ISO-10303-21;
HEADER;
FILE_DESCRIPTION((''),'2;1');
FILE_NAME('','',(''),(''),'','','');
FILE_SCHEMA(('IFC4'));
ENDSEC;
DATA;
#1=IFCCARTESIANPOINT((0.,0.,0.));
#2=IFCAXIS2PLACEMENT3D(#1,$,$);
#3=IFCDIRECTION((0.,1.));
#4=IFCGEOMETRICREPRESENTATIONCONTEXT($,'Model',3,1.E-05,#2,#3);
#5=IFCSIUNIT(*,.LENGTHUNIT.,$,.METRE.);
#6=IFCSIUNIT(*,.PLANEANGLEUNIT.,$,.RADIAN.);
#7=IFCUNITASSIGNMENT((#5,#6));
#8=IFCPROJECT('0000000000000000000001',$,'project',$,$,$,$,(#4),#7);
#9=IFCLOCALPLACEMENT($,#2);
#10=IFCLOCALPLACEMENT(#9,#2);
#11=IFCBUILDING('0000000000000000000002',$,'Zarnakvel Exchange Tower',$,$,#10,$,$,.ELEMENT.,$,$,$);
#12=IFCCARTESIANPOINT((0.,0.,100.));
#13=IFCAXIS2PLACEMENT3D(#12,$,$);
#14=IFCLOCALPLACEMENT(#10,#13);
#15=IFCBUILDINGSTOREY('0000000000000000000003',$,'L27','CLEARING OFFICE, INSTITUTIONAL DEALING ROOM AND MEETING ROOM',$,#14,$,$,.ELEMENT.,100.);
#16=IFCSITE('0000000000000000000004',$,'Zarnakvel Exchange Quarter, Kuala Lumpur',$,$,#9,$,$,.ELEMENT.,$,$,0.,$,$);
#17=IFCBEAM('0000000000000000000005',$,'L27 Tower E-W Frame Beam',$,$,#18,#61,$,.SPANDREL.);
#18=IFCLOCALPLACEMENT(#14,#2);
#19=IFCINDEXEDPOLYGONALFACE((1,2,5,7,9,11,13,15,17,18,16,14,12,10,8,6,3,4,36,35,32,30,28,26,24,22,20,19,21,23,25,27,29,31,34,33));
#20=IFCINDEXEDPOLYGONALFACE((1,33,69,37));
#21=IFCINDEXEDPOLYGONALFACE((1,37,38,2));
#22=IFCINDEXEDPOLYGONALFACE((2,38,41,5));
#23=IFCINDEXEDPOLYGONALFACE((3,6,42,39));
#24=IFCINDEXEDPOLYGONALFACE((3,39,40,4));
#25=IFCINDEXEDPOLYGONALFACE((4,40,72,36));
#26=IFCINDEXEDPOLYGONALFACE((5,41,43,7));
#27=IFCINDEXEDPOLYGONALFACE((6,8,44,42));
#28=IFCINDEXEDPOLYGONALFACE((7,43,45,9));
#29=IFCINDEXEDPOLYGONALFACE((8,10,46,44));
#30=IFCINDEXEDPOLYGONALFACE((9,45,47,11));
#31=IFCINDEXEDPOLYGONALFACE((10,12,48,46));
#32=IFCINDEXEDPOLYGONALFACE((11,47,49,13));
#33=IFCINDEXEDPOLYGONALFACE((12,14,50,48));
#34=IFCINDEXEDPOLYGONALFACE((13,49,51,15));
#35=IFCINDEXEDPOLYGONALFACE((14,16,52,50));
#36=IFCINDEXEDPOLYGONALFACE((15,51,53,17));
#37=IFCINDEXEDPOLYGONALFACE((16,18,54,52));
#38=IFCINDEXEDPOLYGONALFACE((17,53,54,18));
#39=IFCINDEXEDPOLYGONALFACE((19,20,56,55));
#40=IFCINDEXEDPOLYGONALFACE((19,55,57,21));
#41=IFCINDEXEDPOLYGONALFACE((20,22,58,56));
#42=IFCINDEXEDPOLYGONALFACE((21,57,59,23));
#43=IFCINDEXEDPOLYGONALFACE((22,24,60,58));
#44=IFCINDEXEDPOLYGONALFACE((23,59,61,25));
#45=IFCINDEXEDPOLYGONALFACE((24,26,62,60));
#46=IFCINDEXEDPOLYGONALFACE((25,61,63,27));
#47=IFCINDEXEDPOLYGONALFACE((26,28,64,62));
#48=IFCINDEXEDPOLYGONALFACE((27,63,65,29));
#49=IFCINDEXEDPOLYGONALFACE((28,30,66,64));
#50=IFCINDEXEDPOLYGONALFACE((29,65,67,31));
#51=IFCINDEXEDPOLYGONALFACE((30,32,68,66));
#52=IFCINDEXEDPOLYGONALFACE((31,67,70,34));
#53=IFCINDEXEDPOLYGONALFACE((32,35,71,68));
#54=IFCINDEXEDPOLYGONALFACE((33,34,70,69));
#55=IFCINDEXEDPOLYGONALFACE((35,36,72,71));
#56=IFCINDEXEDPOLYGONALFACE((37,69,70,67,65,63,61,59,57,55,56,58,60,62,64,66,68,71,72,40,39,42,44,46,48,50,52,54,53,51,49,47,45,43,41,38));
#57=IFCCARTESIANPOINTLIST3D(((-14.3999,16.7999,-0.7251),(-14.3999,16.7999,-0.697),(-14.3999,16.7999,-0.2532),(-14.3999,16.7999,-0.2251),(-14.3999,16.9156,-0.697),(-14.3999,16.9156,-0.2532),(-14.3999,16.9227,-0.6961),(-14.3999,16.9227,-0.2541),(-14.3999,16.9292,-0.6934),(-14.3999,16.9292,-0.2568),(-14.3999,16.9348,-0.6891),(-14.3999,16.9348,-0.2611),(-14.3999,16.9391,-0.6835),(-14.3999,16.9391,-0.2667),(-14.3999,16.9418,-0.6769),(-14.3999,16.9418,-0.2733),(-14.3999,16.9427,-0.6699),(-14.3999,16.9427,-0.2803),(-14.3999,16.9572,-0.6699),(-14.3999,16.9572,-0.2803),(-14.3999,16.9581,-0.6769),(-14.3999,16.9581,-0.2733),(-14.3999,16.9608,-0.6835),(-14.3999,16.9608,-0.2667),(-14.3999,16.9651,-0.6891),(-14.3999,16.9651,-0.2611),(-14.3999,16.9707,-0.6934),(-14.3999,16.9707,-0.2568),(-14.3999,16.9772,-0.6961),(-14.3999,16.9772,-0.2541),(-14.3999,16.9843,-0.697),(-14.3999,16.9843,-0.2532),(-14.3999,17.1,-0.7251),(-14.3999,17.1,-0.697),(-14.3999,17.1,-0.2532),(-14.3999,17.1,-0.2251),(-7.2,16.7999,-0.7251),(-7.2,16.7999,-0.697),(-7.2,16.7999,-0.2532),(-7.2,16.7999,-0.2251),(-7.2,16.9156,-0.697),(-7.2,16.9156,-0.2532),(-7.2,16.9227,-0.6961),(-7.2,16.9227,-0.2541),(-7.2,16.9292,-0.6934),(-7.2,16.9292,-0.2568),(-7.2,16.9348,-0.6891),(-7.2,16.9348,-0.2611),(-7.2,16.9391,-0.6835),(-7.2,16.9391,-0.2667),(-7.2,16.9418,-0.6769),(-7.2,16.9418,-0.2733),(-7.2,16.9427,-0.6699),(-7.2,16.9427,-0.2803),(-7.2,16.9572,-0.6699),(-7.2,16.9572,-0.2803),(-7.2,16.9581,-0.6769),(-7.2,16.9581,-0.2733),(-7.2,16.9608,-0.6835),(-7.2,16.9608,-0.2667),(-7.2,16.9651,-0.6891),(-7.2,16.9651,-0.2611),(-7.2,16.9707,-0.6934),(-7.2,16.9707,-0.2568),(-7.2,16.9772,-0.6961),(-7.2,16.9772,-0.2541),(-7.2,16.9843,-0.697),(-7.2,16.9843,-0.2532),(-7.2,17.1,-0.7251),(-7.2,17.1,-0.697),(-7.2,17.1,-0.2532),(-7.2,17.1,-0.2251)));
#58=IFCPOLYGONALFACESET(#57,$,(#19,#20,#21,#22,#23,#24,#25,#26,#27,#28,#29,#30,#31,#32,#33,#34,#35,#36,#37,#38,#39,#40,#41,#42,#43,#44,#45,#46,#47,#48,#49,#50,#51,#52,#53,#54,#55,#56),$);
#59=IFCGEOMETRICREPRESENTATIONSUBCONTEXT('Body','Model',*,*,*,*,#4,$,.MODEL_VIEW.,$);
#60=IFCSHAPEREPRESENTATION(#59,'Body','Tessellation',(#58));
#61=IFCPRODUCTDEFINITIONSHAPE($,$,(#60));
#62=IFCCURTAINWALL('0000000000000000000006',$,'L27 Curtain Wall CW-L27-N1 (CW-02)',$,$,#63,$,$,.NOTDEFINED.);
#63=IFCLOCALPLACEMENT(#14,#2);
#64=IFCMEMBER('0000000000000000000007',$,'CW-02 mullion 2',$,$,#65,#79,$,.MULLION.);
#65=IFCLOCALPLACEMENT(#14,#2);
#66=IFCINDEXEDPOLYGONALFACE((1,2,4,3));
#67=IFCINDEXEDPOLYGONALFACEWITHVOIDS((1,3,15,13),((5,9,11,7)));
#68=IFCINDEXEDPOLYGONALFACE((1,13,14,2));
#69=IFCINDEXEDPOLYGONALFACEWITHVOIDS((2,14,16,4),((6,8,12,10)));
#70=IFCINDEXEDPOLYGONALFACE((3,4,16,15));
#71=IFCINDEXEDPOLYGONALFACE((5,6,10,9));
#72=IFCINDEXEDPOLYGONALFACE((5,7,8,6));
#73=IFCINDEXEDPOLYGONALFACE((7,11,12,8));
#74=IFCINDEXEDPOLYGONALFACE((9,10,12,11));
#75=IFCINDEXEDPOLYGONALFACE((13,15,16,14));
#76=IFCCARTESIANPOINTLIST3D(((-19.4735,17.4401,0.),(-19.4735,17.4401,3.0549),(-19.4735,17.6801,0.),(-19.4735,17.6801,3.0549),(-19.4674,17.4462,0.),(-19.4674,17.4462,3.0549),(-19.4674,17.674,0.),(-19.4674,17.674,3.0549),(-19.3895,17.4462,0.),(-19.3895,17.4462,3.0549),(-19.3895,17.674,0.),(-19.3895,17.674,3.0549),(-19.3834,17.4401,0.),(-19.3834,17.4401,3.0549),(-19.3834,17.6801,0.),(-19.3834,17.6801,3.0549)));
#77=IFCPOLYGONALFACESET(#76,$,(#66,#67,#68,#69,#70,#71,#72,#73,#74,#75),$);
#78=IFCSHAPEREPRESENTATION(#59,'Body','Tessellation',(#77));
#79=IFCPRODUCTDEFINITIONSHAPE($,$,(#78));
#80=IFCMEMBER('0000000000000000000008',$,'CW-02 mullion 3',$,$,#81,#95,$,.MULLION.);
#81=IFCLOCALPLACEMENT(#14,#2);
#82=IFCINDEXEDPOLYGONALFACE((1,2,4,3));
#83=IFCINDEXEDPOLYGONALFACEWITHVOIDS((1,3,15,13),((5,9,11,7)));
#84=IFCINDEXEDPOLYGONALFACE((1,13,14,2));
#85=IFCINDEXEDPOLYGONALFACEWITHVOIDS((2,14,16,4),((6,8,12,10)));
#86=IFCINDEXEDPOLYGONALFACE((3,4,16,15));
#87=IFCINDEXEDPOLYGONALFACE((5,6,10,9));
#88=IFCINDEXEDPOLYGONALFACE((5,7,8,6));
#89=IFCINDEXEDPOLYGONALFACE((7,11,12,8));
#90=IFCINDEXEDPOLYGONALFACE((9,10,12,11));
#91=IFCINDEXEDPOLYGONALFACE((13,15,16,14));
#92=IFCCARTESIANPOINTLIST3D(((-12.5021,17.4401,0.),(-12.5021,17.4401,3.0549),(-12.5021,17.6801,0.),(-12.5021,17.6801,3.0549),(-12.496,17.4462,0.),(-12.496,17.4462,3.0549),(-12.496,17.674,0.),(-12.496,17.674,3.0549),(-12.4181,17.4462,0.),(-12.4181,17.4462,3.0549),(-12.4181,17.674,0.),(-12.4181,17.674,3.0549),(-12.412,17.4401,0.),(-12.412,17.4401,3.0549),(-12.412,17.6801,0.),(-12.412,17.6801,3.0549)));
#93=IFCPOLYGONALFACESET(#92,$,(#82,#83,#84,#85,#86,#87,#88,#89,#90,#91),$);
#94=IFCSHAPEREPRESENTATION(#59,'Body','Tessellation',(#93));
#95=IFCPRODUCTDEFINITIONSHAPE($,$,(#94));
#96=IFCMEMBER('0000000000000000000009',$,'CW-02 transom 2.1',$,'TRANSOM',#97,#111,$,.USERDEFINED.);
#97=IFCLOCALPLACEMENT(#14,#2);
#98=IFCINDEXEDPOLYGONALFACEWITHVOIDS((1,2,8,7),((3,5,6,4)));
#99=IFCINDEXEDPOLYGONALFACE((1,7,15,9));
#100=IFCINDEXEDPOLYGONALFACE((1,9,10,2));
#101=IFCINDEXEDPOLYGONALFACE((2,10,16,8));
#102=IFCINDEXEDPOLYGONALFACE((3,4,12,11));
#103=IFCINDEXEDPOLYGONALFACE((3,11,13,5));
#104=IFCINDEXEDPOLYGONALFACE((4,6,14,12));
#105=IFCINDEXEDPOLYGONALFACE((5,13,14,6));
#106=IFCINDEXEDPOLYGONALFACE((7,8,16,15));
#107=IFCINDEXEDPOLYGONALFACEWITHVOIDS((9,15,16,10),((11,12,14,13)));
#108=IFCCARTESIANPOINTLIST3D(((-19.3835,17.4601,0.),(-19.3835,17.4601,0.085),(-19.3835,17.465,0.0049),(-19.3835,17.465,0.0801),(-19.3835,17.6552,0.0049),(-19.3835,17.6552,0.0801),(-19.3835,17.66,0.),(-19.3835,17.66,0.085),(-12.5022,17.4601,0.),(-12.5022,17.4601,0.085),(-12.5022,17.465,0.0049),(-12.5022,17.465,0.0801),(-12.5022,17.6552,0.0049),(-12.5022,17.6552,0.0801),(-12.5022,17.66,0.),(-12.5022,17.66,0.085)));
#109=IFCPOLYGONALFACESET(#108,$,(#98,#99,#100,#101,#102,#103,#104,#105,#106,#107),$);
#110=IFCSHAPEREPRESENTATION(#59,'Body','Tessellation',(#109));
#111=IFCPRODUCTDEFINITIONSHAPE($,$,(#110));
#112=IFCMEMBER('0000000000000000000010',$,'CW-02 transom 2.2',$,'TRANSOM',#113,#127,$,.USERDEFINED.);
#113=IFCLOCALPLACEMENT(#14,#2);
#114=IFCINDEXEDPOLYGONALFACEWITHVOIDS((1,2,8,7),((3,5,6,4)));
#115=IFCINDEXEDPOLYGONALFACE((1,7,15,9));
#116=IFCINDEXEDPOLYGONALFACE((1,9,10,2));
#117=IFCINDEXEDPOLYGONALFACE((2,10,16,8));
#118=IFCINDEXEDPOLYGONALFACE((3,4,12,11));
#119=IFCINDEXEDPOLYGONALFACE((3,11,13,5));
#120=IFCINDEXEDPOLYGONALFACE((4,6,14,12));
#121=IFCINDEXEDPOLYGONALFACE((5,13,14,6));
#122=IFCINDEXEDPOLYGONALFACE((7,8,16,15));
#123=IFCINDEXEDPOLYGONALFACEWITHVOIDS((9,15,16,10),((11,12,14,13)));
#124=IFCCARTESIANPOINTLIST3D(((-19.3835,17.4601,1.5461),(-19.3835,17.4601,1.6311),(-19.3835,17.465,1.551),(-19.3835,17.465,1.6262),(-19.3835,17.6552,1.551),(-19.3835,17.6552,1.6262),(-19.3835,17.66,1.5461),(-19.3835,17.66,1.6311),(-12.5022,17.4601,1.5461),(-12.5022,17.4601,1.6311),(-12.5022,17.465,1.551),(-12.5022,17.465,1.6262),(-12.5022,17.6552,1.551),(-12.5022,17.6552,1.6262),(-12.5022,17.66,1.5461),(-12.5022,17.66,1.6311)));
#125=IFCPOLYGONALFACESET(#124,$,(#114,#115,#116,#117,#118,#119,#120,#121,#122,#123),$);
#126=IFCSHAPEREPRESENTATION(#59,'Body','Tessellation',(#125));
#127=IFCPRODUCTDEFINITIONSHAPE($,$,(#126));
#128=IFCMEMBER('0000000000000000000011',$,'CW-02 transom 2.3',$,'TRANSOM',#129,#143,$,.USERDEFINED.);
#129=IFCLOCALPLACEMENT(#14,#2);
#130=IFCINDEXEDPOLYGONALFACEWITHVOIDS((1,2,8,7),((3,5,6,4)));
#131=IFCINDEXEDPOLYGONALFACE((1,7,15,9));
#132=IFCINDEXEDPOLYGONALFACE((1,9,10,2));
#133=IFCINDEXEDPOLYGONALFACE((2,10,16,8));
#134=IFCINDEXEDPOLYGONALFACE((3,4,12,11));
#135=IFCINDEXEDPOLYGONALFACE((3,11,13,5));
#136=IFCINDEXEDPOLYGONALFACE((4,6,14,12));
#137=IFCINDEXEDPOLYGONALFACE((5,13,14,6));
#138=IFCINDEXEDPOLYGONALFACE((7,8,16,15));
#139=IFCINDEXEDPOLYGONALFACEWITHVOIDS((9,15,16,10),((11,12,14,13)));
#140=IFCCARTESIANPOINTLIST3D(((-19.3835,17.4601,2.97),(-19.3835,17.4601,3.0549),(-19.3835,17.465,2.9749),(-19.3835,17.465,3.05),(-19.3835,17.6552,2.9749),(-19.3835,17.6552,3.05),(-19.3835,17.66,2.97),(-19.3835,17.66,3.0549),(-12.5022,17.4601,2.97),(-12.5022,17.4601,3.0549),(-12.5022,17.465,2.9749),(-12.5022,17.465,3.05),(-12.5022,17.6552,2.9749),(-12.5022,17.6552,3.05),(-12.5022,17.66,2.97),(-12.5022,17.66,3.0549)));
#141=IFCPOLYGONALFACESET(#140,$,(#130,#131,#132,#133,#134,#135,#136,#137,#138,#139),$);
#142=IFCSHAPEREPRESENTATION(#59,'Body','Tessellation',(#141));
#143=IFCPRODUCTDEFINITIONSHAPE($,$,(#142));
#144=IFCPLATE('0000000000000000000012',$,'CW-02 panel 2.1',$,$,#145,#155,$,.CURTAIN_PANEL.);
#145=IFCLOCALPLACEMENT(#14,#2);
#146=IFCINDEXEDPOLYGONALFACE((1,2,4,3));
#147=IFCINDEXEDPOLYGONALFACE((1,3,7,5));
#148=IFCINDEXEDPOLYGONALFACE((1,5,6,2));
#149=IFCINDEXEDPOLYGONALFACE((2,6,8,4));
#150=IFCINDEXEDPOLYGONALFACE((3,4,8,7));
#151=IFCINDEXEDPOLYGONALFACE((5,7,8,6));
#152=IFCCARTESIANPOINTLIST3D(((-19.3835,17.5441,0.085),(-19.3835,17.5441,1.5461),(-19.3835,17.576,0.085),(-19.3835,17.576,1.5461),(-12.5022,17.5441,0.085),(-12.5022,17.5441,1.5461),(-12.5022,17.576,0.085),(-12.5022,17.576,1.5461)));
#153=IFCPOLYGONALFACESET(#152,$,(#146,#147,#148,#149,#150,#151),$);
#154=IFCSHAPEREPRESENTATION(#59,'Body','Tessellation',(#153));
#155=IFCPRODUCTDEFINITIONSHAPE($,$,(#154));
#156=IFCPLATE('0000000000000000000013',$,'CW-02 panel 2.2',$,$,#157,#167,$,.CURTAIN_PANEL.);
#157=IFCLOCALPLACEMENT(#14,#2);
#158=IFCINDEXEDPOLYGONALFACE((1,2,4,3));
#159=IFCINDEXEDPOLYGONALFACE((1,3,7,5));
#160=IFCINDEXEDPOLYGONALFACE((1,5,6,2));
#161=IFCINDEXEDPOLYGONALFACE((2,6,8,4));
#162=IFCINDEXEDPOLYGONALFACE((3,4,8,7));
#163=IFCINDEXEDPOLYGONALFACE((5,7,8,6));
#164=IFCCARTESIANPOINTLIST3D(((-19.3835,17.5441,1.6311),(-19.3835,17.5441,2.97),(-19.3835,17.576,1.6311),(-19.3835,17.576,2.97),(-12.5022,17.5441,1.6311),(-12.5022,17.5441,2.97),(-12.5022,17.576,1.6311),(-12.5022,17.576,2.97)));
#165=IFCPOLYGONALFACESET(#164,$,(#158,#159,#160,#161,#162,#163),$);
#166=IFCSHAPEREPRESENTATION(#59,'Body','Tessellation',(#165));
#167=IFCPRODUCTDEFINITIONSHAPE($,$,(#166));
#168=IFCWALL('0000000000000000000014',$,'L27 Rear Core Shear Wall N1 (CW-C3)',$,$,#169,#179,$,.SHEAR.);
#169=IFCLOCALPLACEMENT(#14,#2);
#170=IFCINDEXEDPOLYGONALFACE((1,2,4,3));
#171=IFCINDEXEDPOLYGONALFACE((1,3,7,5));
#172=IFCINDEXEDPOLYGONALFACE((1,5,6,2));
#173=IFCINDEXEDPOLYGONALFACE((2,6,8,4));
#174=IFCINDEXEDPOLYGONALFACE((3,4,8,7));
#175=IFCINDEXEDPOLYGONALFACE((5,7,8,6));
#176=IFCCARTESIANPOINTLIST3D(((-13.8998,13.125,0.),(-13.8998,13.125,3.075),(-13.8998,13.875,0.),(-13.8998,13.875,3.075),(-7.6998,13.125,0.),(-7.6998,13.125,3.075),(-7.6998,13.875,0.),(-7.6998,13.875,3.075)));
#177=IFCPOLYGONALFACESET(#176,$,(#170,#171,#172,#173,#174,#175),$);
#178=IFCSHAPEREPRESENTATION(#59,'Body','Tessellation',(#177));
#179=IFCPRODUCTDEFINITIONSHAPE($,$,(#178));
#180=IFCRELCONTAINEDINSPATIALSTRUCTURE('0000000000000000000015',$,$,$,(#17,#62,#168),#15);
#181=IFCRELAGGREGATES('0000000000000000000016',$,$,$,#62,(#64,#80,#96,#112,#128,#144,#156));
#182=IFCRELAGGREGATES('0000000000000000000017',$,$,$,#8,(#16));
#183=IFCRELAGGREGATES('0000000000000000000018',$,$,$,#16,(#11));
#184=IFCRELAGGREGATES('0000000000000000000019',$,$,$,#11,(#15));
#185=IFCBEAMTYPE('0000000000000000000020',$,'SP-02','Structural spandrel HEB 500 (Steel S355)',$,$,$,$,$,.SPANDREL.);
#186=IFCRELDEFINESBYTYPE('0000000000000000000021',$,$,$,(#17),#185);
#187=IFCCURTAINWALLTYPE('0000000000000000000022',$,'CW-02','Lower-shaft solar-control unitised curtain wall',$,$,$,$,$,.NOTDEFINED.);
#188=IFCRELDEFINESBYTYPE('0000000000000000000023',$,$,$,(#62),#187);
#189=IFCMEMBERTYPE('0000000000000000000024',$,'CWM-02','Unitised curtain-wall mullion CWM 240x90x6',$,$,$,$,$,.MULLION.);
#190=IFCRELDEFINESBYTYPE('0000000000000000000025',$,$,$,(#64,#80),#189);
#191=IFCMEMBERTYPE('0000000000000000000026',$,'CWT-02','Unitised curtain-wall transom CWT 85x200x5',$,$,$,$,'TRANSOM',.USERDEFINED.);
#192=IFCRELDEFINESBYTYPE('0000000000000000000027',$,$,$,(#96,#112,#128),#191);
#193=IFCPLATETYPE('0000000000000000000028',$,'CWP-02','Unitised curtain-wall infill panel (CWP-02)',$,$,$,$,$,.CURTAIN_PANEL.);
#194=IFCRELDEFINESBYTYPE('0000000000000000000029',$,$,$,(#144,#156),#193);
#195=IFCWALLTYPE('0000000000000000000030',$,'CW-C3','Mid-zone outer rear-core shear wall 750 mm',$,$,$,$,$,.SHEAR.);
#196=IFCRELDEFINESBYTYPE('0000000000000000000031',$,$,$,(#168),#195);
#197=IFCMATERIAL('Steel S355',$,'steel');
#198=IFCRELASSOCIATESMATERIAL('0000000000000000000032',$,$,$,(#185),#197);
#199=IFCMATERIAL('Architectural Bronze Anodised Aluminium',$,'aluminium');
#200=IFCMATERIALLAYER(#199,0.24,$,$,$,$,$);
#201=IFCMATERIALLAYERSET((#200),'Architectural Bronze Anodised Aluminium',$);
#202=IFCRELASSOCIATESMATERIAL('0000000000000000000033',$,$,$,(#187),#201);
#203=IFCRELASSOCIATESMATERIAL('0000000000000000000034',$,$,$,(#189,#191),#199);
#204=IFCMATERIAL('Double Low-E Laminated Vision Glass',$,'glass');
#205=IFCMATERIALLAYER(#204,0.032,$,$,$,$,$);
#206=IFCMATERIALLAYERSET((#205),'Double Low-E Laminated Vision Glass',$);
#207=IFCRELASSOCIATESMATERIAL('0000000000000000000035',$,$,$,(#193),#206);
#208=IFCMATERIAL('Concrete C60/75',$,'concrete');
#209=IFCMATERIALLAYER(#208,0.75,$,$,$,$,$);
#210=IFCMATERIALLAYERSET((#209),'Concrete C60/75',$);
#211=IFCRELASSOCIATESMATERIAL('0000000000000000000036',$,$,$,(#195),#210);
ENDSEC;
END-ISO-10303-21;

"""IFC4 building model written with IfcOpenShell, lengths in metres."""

from ifc_helpers import new_model, si_unit, direction, frame, frame_2d, origin, origin_2d, place, context, subcontext, project, spatial, rectangle, hollow_rectangle, i_section, extrude, source, transform, mapped, material, layer, layer_set, material_profile, profile_set, type_object, element, aggregate, save


model = new_model("IFC4")

# Units and contexts
model_context = context("Model", 3, precision=1e-05, world=origin(), true_north=direction((0.0, 1.0)))
body_context = subcontext(model_context, "Body", "Model", "MODEL_VIEW")
ifc_project = project(units=[si_unit("LENGTHUNIT", "METRE"), si_unit("PLANEANGLEUNIT", "RADIAN")], contexts=[model_context])

# Site, building, storey
site_placement = place(None, origin())
site = spatial("IfcSite", under=ifc_project, at=site_placement, Name="Zarnakvel Exchange Quarter, Kuala Lumpur", CompositionType="ELEMENT", RefElevation=0.0)
building_placement = place(site_placement, origin())
building = spatial("IfcBuilding", under=site, at=building_placement, Name="Zarnakvel Exchange Tower", CompositionType="ELEMENT")
storey_placement = place(building_placement, frame((0.0, 0.0, 100.0)))
storey = spatial("IfcBuildingStorey", under=building, at=storey_placement, Name="L27", Description="CLEARING OFFICE, INSTITUTIONAL DEALING ROOM AND MEETING ROOM", CompositionType="ELEMENT", Elevation=100.0)

# Shared definitions
ifc_material_1 = material(Name="Concrete C60/75", Category="concrete")

# Beam
ifc_material_2 = material(Name="Steel S355", Category="steel")
ifc_material_profile_1 = material_profile(ifc_material_2, i_section(OverallWidth=0.3, OverallDepth=0.5, WebThickness=0.0144, FlangeThickness=0.0281, FilletRadius=0.0271, at=origin_2d()))
ifc_profile_set_1 = profile_set([ifc_material_profile_1], Name="Steel S355")
beam_type_1 = type_object("IfcBeamType", Name="SP-02", Description="Structural spandrel HEB 500 (Steel S355)", PredefinedType="SPANDREL", material=ifc_profile_set_1)
beam_1_placement = place(storey_placement, frame((-14.3999, 16.95, -0.4751), z_axis=(1.0, 0.0, 0.0), x_axis=(0.0, 1.0, 0.0)))
element("IfcBeam", 1, at=beam_1_placement, inside=storey, type_object=beam_type_1, Name="L27 Tower E-W Frame Beam", PredefinedType="SPANDREL", context=body_context, shape_type="SweptSolid", body=[
    extrude(i_section(OverallWidth=0.3, OverallDepth=0.5, WebThickness=0.0144, FlangeThickness=0.0281, FilletRadius=0.0271, at=origin_2d()), origin(), (0.0, 0.0, 1.0), 7.2),
])

# Curtain wall, members, plates
ifc_material_3 = material(Name="Architectural Bronze Anodised Aluminium", Category="aluminium")
ifc_layer_1 = layer(ifc_material_3, 0.24)
ifc_layer_set_1 = layer_set([ifc_layer_1], Name="Architectural Bronze Anodised Aluminium")
curtain_wall_type = type_object("IfcCurtainWallType", Name="CW-02", Description="Lower-shaft solar-control unitised curtain wall", PredefinedType="NOTDEFINED", material=ifc_layer_set_1)
curtain_wall_placement = place(storey_placement, origin())
curtain_wall = element("IfcCurtainWall", 2, at=curtain_wall_placement, inside=storey, type_object=curtain_wall_type, Name="L27 Curtain Wall CW-L27-N1 (CW-02)", PredefinedType="NOTDEFINED")
ifc_material_profile_2 = material_profile(ifc_material_3, hollow_rectangle(XDim=0.24, YDim=0.0901, WallThickness=0.0061, at=origin_2d()))
ifc_profile_set_2 = profile_set([ifc_material_profile_2], Name="Architectural Bronze Anodised Aluminium")
member_type_1 = type_object("IfcMemberType", Name="CWM-02", Description="Unitised curtain-wall mullion CWM 240x90x6", PredefinedType="MULLION", material=ifc_profile_set_2)
shared_shape_1 = source(origin(), body_context, "Body", "SweptSolid", [
    extrude(hollow_rectangle(XDim=0.24, YDim=0.0901, WallThickness=0.0061, at=origin_2d()), origin(), (0.0, 0.0, 1.0), 3.0549),
])
member_1_placement = place(storey_placement, frame((-19.4285, 17.5601, 0.0), z_axis=(0.0, 0.0, 1.0), x_axis=(0.0, 1.0, 0.0)))
member_1 = element("IfcMember", 3, at=member_1_placement, type_object=member_type_1, Name="CW-02 mullion 2", PredefinedType="MULLION", context=body_context, shape_type="MappedRepresentation", body=[
    mapped(shared_shape_1, transform((0.0, 0.0, 0.0), x_axis=(1.0, 0.0, 0.0), y_axis=(0.0, 1.0, 0.0), z_axis=(0.0, 0.0, 1.0), scale=1.0)),
])
member_2_placement = place(storey_placement, frame((-12.457, 17.5601, 0.0), z_axis=(0.0, 0.0, 1.0), x_axis=(0.0, 1.0, 0.0)))
member_2 = element("IfcMember", 4, at=member_2_placement, type_object=member_type_1, Name="CW-02 mullion 3", PredefinedType="MULLION", context=body_context, shape_type="MappedRepresentation", body=[
    mapped(shared_shape_1, transform((0.0, 0.0, 0.0), x_axis=(1.0, 0.0, 0.0), y_axis=(0.0, 1.0, 0.0), z_axis=(0.0, 0.0, 1.0), scale=1.0)),
])
ifc_material_profile_3 = material_profile(ifc_material_3, hollow_rectangle(XDim=0.2, YDim=0.085, WallThickness=0.0049, at=origin_2d()))
ifc_profile_set_3 = profile_set([ifc_material_profile_3], Name="Architectural Bronze Anodised Aluminium")
member_type_2 = type_object("IfcMemberType", Name="CWT-02", Description="Unitised curtain-wall transom CWT 85x200x5", ElementType="TRANSOM", PredefinedType="USERDEFINED", material=ifc_profile_set_3)
shared_shape_2 = source(origin(), body_context, "Body", "SweptSolid", [
    extrude(hollow_rectangle(XDim=0.2, YDim=0.085, WallThickness=0.0049, at=origin_2d()), origin(), (0.0, 0.0, 1.0), 6.8813),
])
member_3_placement = place(storey_placement, frame((-19.3835, 17.5601, 0.0425), z_axis=(1.0, 0.0, 0.0), x_axis=(0.0, 1.0, 0.0)))
member_3 = element("IfcMember", 5, at=member_3_placement, type_object=member_type_2, Name="CW-02 transom 2.1", ObjectType="TRANSOM", PredefinedType="USERDEFINED", context=body_context, shape_type="MappedRepresentation", body=[
    mapped(shared_shape_2, transform((0.0, 0.0, 0.0), x_axis=(1.0, 0.0, 0.0), y_axis=(0.0, 1.0, 0.0), z_axis=(0.0, 0.0, 1.0), scale=1.0)),
])
member_4_placement = place(storey_placement, frame((-19.3835, 17.5601, 1.5886), z_axis=(1.0, 0.0, 0.0), x_axis=(0.0, 1.0, 0.0)))
member_4 = element("IfcMember", 6, at=member_4_placement, type_object=member_type_2, Name="CW-02 transom 2.2", ObjectType="TRANSOM", PredefinedType="USERDEFINED", context=body_context, shape_type="MappedRepresentation", body=[
    mapped(shared_shape_2, transform((0.0, 0.0, 0.0), x_axis=(1.0, 0.0, 0.0), y_axis=(0.0, 1.0, 0.0), z_axis=(0.0, 0.0, 1.0), scale=1.0)),
])
member_5_placement = place(storey_placement, frame((-19.3835, 17.5601, 3.0125), z_axis=(1.0, 0.0, 0.0), x_axis=(0.0, 1.0, 0.0)))
member_5 = element("IfcMember", 7, at=member_5_placement, type_object=member_type_2, Name="CW-02 transom 2.3", ObjectType="TRANSOM", PredefinedType="USERDEFINED", context=body_context, shape_type="MappedRepresentation", body=[
    mapped(shared_shape_2, transform((0.0, 0.0, 0.0), x_axis=(1.0, 0.0, 0.0), y_axis=(0.0, 1.0, 0.0), z_axis=(0.0, 0.0, 1.0), scale=1.0)),
])
ifc_material_4 = material(Name="Double Low-E Laminated Vision Glass", Category="glass")
ifc_layer_2 = layer(ifc_material_4, 0.032)
ifc_layer_set_2 = layer_set([ifc_layer_2], Name="Double Low-E Laminated Vision Glass")
plate_type = type_object("IfcPlateType", Name="CWP-02", Description="Unitised curtain-wall infill panel (CWP-02)", PredefinedType="CURTAIN_PANEL", material=ifc_layer_set_2)
shared_shape_3 = source(origin(), body_context, "Body", "SweptSolid", [
    extrude(rectangle(XDim=6.8813, YDim=0.032, at=origin_2d()), origin(), (0.0, 0.0, 1.0), 1.4612),
])
plate_1_placement = place(storey_placement, frame((-15.9429, 17.5601, 0.085), z_axis=(0.0, 0.0, 1.0), x_axis=(1.0, 0.0, 0.0)))
plate_1 = element("IfcPlate", 8, at=plate_1_placement, type_object=plate_type, Name="CW-02 panel 2.1", PredefinedType="CURTAIN_PANEL", context=body_context, shape_type="MappedRepresentation", body=[
    mapped(shared_shape_3, transform((0.0, 0.0, 0.0), x_axis=(1.0, 0.0, 0.0), y_axis=(0.0, 1.0, 0.0), z_axis=(0.0, 0.0, 1.0), scale=1.0)),
])
shared_shape_4 = source(origin(), body_context, "Body", "SweptSolid", [
    extrude(rectangle(XDim=6.8813, YDim=0.032, at=origin_2d()), origin(), (0.0, 0.0, 1.0), 1.3389),
])
plate_2_placement = place(storey_placement, frame((-15.9429, 17.5601, 1.6311), z_axis=(0.0, 0.0, 1.0), x_axis=(1.0, 0.0, 0.0)))
plate_2 = element("IfcPlate", 9, at=plate_2_placement, type_object=plate_type, Name="CW-02 panel 2.2", PredefinedType="CURTAIN_PANEL", context=body_context, shape_type="MappedRepresentation", body=[
    mapped(shared_shape_4, transform((0.0, 0.0, 0.0), x_axis=(1.0, 0.0, 0.0), y_axis=(0.0, 1.0, 0.0), z_axis=(0.0, 0.0, 1.0), scale=1.0)),
])
aggregate(curtain_wall, [member_1, member_2, member_3, member_4, member_5, plate_1, plate_2])

# Wall
ifc_layer_3 = layer(ifc_material_1, 0.75)
ifc_layer_set_3 = layer_set([ifc_layer_3], Name="Concrete C60/75")
wall_type_1 = type_object("IfcWallType", Name="CW-C3", Description="Mid-zone outer rear-core shear wall 750 mm", PredefinedType="SHEAR", material=ifc_layer_set_3)
wall_1_placement = place(storey_placement, frame((-13.8999, 13.5, 0.0), z_axis=(0.0, 0.0, 1.0), x_axis=(1.0, 0.0, 0.0)))
element("IfcWall", 10, at=wall_1_placement, inside=storey, type_object=wall_type_1, Name="L27 Rear Core Shear Wall N1 (CW-C3)", PredefinedType="SHEAR", context=body_context, shape_type="SweptSolid", body=[
    extrude(rectangle(XDim=6.2, YDim=0.75, at=frame_2d((3.1001, 0.0))), origin(), (0.0, 0.0, 1.0), 3.075),
])

save(model, "model.ifc")
